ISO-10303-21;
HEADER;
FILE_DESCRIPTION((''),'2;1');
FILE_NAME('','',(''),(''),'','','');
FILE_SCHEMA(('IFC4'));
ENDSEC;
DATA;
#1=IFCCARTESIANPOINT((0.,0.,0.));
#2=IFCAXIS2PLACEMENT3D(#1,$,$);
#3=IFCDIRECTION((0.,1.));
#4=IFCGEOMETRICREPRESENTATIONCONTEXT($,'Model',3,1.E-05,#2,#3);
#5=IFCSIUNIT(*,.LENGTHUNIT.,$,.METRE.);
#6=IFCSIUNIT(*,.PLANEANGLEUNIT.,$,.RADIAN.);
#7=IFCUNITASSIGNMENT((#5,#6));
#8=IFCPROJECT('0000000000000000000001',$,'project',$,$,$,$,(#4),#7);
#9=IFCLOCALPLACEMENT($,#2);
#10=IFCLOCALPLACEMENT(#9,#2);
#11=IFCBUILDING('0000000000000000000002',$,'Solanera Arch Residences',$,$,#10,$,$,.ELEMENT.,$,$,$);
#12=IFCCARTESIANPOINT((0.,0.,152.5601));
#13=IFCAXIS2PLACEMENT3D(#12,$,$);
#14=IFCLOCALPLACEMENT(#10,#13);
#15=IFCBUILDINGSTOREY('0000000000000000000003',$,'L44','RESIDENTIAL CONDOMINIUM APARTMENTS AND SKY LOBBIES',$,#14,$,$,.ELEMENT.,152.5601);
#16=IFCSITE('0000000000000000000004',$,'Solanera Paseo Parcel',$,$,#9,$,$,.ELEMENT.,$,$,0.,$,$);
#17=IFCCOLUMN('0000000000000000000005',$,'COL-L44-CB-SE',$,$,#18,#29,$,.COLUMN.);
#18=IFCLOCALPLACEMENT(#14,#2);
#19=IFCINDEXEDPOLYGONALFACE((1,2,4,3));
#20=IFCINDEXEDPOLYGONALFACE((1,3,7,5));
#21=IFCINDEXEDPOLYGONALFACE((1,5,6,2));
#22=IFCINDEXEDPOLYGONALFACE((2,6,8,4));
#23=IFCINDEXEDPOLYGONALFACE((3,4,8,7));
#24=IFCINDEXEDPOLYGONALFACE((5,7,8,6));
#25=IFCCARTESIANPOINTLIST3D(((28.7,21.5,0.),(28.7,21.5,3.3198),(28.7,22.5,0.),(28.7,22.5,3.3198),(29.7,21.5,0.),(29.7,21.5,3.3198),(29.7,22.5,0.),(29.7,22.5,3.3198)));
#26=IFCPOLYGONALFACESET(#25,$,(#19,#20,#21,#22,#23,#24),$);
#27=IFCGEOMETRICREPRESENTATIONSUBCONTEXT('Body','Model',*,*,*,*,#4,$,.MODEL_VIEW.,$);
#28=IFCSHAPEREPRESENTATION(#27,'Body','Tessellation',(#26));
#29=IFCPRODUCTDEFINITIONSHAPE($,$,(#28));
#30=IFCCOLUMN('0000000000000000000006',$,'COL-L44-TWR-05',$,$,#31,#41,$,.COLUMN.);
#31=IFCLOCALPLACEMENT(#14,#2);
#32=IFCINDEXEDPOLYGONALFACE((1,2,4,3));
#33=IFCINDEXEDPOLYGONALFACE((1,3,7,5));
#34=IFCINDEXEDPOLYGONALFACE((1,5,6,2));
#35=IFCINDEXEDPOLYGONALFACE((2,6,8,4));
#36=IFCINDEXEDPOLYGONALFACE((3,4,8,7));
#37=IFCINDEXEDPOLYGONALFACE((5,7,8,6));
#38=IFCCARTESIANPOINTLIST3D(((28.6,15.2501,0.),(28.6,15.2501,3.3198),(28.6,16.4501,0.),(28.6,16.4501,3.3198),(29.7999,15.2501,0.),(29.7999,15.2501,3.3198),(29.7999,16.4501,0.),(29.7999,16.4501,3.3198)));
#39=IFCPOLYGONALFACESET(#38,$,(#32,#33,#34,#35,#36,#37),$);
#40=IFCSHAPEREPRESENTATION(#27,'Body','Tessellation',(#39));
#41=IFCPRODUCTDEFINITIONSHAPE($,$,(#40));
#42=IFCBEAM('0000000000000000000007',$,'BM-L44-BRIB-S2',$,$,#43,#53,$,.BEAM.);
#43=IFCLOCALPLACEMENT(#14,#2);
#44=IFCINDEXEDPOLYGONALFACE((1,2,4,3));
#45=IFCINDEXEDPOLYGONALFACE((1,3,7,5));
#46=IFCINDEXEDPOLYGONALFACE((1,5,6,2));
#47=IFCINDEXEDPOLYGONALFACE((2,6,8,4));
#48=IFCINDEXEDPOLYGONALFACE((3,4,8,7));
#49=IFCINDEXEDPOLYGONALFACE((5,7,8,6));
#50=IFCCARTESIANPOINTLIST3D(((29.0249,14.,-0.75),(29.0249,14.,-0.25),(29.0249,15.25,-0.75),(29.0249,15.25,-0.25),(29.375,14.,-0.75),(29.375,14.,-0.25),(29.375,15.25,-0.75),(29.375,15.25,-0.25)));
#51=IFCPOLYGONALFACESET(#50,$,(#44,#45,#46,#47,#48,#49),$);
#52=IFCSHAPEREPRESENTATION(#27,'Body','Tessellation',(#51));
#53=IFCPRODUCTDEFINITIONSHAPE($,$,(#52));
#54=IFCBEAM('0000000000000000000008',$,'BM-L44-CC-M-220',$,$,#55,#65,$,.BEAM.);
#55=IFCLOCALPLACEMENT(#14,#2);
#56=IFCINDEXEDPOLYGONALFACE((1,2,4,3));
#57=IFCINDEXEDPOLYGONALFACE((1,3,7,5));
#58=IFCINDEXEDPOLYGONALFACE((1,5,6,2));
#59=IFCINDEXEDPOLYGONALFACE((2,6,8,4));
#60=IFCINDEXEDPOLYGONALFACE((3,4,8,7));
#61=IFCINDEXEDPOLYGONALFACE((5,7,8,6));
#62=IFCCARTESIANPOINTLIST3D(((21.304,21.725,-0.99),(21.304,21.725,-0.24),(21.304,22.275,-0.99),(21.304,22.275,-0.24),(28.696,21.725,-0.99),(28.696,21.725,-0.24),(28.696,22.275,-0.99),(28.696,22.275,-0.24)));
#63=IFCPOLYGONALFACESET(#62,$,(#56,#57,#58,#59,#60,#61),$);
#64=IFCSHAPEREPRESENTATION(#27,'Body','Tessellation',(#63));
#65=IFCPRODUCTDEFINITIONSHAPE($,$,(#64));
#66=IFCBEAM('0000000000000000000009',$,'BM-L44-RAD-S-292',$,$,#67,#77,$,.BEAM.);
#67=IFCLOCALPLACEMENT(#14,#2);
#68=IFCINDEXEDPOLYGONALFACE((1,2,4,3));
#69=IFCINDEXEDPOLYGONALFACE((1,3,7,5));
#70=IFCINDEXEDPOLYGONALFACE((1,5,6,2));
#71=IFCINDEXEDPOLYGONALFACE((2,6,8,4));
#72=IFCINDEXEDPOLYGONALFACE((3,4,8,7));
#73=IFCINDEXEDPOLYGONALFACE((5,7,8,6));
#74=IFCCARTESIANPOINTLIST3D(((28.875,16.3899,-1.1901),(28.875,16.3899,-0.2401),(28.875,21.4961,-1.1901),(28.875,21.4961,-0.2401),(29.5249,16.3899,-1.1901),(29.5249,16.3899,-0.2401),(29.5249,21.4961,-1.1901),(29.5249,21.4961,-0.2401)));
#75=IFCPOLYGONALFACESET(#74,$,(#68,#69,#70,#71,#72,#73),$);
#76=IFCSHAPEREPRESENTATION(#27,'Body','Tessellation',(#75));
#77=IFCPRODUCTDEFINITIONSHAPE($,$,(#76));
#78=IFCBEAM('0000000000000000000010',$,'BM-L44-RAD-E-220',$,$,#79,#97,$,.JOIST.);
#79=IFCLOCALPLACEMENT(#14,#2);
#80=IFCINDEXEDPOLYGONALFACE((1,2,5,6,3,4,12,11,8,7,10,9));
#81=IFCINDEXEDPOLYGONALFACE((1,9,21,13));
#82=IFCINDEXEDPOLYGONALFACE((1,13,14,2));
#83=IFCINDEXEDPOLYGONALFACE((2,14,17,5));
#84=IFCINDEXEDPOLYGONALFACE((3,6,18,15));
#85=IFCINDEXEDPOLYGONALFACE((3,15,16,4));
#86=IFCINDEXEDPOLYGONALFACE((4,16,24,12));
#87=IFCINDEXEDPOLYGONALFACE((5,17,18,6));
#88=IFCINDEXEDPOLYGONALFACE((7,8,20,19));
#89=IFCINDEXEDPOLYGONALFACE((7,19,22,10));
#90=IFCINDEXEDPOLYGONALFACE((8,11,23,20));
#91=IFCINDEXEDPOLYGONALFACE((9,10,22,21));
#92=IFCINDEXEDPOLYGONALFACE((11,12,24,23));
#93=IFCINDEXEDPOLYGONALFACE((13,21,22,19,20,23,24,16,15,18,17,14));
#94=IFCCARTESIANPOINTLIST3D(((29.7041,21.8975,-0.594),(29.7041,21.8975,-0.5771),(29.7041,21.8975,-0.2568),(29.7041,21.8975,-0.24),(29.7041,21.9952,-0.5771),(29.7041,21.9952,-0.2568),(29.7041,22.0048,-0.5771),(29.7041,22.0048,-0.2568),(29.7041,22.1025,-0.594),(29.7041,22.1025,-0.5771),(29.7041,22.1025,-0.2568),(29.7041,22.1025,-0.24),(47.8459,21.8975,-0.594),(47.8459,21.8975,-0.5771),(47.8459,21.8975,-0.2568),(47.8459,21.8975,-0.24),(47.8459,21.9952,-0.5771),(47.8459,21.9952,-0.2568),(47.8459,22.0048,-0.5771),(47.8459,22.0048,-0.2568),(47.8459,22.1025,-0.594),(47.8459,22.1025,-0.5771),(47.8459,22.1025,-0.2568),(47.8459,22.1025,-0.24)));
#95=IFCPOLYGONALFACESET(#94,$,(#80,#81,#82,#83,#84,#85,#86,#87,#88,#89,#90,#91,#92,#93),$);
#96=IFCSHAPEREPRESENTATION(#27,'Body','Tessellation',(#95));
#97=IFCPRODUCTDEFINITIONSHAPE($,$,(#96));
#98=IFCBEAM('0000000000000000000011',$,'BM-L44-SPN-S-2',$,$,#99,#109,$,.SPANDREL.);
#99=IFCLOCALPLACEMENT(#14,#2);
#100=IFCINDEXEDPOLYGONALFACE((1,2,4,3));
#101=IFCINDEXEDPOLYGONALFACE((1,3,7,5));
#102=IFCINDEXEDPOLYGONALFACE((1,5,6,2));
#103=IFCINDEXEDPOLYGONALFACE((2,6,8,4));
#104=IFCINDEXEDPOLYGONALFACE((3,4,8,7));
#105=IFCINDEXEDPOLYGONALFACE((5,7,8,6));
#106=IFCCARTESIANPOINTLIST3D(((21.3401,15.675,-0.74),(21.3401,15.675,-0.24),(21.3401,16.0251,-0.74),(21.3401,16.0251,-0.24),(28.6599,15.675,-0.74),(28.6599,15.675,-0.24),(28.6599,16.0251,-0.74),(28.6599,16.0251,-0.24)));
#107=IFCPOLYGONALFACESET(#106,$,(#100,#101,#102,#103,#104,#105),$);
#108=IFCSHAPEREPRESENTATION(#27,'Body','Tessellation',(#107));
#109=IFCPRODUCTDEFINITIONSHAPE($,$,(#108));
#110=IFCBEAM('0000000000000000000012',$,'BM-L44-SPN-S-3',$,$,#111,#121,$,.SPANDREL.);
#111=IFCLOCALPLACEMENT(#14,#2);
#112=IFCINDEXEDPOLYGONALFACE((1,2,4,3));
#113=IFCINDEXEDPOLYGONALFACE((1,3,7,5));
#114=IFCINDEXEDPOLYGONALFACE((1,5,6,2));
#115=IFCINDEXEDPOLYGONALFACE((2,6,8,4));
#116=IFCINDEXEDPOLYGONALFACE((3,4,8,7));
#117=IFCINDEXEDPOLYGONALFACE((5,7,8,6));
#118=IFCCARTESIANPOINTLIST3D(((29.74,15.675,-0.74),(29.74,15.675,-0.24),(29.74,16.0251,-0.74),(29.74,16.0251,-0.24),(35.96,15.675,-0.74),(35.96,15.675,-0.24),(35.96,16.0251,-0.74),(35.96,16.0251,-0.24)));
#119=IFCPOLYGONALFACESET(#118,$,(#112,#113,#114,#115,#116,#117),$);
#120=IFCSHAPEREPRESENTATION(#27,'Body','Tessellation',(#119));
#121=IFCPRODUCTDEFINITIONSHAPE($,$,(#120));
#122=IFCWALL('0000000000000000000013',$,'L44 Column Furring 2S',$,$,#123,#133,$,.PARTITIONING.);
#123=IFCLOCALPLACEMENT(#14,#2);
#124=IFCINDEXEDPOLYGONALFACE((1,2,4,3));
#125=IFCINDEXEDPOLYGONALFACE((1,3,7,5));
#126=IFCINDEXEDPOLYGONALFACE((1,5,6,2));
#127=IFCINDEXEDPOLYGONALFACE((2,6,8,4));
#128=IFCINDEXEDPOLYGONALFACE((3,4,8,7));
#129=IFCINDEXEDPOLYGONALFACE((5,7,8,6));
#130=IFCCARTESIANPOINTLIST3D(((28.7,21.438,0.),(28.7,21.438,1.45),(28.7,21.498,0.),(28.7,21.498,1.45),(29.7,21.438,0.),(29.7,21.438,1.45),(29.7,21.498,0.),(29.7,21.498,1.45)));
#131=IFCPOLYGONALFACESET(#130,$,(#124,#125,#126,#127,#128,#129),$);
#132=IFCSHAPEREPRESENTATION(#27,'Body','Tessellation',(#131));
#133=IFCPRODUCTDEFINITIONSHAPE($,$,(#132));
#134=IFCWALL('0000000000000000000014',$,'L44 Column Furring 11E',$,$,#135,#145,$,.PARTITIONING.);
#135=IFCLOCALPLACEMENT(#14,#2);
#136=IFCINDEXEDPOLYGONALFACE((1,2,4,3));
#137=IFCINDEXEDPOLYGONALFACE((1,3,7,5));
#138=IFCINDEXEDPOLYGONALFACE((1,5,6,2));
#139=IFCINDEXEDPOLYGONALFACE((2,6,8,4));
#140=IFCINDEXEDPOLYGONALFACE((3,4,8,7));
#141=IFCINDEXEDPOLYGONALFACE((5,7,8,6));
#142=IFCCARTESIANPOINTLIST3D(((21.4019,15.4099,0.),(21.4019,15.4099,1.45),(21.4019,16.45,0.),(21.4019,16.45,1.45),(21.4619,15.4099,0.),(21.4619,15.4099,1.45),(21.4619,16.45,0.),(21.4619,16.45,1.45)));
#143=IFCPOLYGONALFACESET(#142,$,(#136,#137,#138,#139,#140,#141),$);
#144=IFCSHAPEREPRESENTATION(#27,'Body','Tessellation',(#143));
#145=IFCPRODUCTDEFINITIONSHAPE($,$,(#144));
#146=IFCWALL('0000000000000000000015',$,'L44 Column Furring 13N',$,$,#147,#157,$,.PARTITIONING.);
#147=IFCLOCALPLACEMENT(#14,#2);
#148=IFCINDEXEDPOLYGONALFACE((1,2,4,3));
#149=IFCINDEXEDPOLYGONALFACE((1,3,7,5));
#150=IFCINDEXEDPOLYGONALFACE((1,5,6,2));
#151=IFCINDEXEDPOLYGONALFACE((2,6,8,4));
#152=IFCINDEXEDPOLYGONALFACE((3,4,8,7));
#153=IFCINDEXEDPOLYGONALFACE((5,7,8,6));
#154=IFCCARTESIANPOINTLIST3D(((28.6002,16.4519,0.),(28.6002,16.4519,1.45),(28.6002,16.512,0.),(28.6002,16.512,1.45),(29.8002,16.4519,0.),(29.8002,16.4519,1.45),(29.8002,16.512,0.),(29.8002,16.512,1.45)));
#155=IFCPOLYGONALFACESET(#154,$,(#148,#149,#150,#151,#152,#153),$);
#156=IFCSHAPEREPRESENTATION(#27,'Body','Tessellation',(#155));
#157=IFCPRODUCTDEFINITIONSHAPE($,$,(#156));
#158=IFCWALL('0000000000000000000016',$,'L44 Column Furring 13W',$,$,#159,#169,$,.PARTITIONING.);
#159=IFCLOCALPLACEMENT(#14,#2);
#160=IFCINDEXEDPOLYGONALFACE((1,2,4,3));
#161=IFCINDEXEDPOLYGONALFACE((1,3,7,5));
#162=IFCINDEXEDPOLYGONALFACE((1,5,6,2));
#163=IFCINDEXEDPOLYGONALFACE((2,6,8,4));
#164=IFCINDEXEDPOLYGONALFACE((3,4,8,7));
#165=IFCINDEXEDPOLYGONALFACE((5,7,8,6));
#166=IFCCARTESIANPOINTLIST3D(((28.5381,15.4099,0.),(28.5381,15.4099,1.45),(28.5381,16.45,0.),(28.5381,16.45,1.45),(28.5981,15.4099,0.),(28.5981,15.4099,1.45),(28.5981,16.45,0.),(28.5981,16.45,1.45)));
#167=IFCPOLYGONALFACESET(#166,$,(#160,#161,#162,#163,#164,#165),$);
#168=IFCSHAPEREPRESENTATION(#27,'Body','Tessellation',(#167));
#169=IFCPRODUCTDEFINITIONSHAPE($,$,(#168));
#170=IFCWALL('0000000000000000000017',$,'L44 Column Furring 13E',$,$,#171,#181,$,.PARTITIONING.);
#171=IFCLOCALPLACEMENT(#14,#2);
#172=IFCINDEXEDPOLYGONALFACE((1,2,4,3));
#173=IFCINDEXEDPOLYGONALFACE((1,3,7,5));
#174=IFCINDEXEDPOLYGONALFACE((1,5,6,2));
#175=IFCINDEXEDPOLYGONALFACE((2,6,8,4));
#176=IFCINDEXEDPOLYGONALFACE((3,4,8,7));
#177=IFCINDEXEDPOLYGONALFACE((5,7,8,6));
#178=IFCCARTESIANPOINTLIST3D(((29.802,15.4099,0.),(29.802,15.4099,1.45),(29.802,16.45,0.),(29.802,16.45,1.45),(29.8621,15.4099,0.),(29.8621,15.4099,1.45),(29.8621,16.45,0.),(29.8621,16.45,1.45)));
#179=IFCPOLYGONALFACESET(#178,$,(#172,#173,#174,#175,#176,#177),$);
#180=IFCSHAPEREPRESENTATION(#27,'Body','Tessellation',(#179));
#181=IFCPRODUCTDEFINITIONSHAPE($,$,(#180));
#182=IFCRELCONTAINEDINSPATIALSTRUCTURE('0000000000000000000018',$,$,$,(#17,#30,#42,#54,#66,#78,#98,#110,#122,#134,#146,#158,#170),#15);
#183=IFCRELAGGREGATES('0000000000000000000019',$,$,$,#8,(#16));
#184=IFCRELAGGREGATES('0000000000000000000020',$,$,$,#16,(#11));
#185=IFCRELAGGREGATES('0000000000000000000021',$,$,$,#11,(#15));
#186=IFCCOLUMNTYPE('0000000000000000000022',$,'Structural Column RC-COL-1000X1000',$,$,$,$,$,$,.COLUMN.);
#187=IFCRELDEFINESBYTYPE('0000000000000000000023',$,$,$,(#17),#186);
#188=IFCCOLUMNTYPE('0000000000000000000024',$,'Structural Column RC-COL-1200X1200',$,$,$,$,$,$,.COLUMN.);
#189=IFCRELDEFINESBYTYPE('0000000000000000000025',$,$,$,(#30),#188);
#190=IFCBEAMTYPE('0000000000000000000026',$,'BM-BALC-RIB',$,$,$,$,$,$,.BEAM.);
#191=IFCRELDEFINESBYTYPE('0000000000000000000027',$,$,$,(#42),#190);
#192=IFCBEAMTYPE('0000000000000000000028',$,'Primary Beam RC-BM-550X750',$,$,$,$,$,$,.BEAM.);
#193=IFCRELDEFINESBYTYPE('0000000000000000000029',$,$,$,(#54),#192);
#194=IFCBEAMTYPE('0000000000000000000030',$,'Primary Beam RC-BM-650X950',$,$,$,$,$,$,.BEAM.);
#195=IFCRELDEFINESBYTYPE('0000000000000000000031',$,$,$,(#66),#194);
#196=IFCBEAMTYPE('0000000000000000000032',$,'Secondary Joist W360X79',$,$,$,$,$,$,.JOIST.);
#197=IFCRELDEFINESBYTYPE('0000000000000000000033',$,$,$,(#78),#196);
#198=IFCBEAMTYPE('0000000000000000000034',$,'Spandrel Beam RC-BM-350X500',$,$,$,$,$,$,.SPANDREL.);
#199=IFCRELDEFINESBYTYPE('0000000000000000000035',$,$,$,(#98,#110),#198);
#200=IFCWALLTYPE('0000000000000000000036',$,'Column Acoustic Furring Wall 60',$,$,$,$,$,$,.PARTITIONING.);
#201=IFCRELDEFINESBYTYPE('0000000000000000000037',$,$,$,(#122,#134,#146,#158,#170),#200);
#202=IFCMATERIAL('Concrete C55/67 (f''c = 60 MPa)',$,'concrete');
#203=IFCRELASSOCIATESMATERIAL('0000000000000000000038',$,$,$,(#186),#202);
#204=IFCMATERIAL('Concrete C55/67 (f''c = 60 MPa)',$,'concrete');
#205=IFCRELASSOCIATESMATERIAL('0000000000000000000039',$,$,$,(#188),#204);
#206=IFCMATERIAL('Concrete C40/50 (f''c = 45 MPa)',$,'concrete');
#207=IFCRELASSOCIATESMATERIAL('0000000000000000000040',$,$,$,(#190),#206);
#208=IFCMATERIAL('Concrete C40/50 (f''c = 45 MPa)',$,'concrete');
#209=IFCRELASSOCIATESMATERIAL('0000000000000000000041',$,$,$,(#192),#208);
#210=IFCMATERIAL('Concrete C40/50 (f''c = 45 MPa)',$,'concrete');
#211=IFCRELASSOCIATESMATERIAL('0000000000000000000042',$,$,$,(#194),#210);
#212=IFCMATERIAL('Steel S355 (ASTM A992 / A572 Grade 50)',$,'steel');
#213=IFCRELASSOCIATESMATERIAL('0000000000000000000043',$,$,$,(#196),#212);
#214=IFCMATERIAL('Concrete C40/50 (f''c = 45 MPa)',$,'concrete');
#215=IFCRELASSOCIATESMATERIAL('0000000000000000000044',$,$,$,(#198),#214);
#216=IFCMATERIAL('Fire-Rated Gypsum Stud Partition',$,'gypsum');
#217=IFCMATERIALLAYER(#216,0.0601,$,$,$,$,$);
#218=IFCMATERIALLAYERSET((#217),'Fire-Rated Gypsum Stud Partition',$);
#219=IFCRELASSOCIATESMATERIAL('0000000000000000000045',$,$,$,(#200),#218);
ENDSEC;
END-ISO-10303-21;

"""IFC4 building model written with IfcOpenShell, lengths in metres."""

from ifc_helpers import new_model, si_unit, direction, frame, frame_2d, origin, origin_2d, place, context, subcontext, project, spatial, rectangle, i_section, extrude, material, layer, layer_set, material_profile, profile_set, type_object, element, save


model = new_model("IFC4")

# Units and contexts
model_context = context("Model", 3, precision=1e-05, world=origin(), true_north=direction((0.0, 1.0)))
body_context = subcontext(model_context, "Body", "Model", "MODEL_VIEW")
ifc_project = project(units=[si_unit("LENGTHUNIT", "METRE"), si_unit("PLANEANGLEUNIT", "RADIAN")], contexts=[model_context])

# Site, building, storey
site_placement = place(None, origin())
site = spatial("IfcSite", under=ifc_project, at=site_placement, Name="Solanera Paseo Parcel", CompositionType="ELEMENT", RefElevation=0.0)
building_placement = place(site_placement, origin())
building = spatial("IfcBuilding", under=site, at=building_placement, Name="Solanera Arch Residences", CompositionType="ELEMENT")
storey_placement = place(building_placement, frame((0.0, 0.0, 152.5601)))
storey = spatial("IfcBuildingStorey", under=building, at=storey_placement, Name="L44", Description="RESIDENTIAL CONDOMINIUM APARTMENTS AND SKY LOBBIES", CompositionType="ELEMENT", Elevation=152.5601)

# Columns
ifc_material_1 = material(Name="Concrete C55/67 (f'c = 60 MPa)", Category="concrete")
ifc_material_profile_1 = material_profile(ifc_material_1, rectangle(XDim=1.0, YDim=1.0, at=origin_2d()))
ifc_profile_set_1 = profile_set([ifc_material_profile_1], Name="Concrete C55/67 (f'c = 60 MPa)")
column_type_1 = type_object("IfcColumnType", Name="Structural Column RC-COL-1000X1000", PredefinedType="COLUMN", material=ifc_profile_set_1)
column_1_placement = place(storey_placement, frame((29.2, 22.0, 0.0), z_axis=(0.0, 0.0, 1.0), x_axis=(1.0, 0.0, 0.0)))
element("IfcColumn", 1, at=column_1_placement, inside=storey, type_object=column_type_1, Name="COL-L44-CB-SE", PredefinedType="COLUMN", context=body_context, shape_type="SweptSolid", body=[
    extrude(rectangle(XDim=1.0, YDim=1.0, at=origin_2d()), origin(), (0.0, 0.0, 1.0), 3.3198),
])
ifc_material_2 = material(Name="Concrete C55/67 (f'c = 60 MPa)", Category="concrete")
ifc_material_profile_2 = material_profile(ifc_material_2, rectangle(XDim=1.2, YDim=1.2, at=origin_2d()))
ifc_profile_set_2 = profile_set([ifc_material_profile_2], Name="Concrete C55/67 (f'c = 60 MPa)")
column_type_2 = type_object("IfcColumnType", Name="Structural Column RC-COL-1200X1200", PredefinedType="COLUMN", material=ifc_profile_set_2)
column_2_placement = place(storey_placement, frame((29.2, 15.8501, 0.0), z_axis=(0.0, 0.0, 1.0), x_axis=(1.0, 0.0, 0.0)))
element("IfcColumn", 2, at=column_2_placement, inside=storey, type_object=column_type_2, Name="COL-L44-TWR-05", PredefinedType="COLUMN", context=body_context, shape_type="SweptSolid", body=[
    extrude(rectangle(XDim=1.2, YDim=1.2, at=origin_2d()), origin(), (0.0, 0.0, 1.0), 3.3198),
])

# Beams
ifc_material_3 = material(Name="Concrete C40/50 (f'c = 45 MPa)", Category="concrete")
ifc_material_profile_3 = material_profile(ifc_material_3, rectangle(XDim=0.3501, YDim=0.5, at=origin_2d()))
ifc_profile_set_3 = profile_set([ifc_material_profile_3], Name="Concrete C40/50 (f'c = 45 MPa)")
beam_type_1 = type_object("IfcBeamType", Name="BM-BALC-RIB", PredefinedType="BEAM", material=ifc_profile_set_3)
beam_1_placement = place(storey_placement, frame((29.2, 14.0, -0.5), z_axis=(0.0, 1.0, 0.0), x_axis=(-1.0, 0.0, 0.0)))
element("IfcBeam", 3, at=beam_1_placement, inside=storey, type_object=beam_type_1, Name="BM-L44-BRIB-S2", PredefinedType="BEAM", context=body_context, shape_type="SweptSolid", body=[
    extrude(rectangle(XDim=0.3501, YDim=0.5, at=origin_2d()), origin(), (0.0, 0.0, 1.0), 1.25),
])
ifc_material_4 = material(Name="Concrete C40/50 (f'c = 45 MPa)", Category="concrete")
ifc_material_profile_4 = material_profile(ifc_material_4, rectangle(XDim=0.55, YDim=0.75, at=origin_2d()))
ifc_profile_set_4 = profile_set([ifc_material_profile_4], Name="Concrete C40/50 (f'c = 45 MPa)")
beam_type_2 = type_object("IfcBeamType", Name="Primary Beam RC-BM-550X750", PredefinedType="BEAM", material=ifc_profile_set_4)
beam_2_placement = place(storey_placement, frame((21.304, 22.0, -0.615), z_axis=(1.0, 0.0, 0.0), x_axis=(0.0, 1.0, 0.0)))
element("IfcBeam", 4, at=beam_2_placement, inside=storey, type_object=beam_type_2, Name="BM-L44-CC-M-220", PredefinedType="BEAM", context=body_context, shape_type="SweptSolid", body=[
    extrude(rectangle(XDim=0.55, YDim=0.75, at=origin_2d()), origin(), (0.0, 0.0, 1.0), 7.3921),
])
ifc_material_5 = material(Name="Concrete C40/50 (f'c = 45 MPa)", Category="concrete")
ifc_material_profile_5 = material_profile(ifc_material_5, rectangle(XDim=0.6499, YDim=0.95, at=origin_2d()))
ifc_profile_set_5 = profile_set([ifc_material_profile_5], Name="Concrete C40/50 (f'c = 45 MPa)")
beam_type_3 = type_object("IfcBeamType", Name="Primary Beam RC-BM-650X950", PredefinedType="BEAM", material=ifc_profile_set_5)
beam_3_placement = place(storey_placement, frame((29.2, 16.3899, -0.7151), z_axis=(0.0, 1.0, 0.0), x_axis=(-1.0, 0.0, 0.0)))
element("IfcBeam", 5, at=beam_3_placement, inside=storey, type_object=beam_type_3, Name="BM-L44-RAD-S-292", PredefinedType="BEAM", context=body_context, shape_type="SweptSolid", body=[
    extrude(rectangle(XDim=0.6499, YDim=0.95, at=origin_2d()), origin(), (0.0, 0.0, 1.0), 5.1062),
])
ifc_material_6 = material(Name="Steel S355 (ASTM A992 / A572 Grade 50)", Category="steel")
ifc_material_profile_6 = material_profile(ifc_material_6, i_section(OverallWidth=0.2051, OverallDepth=0.354, WebThickness=0.0095, FlangeThickness=0.0168, at=origin_2d()))
ifc_profile_set_6 = profile_set([ifc_material_profile_6], Name="Steel S355 (ASTM A992 / A572 Grade 50)")
beam_type_4 = type_object("IfcBeamType", Name="Secondary Joist W360X79", PredefinedType="JOIST", material=ifc_profile_set_6)
beam_4_placement = place(storey_placement, frame((29.7041, 22.0, -0.417), z_axis=(1.0, 0.0, 0.0), x_axis=(0.0, 1.0, 0.0)))
element("IfcBeam", 6, at=beam_4_placement, inside=storey, type_object=beam_type_4, Name="BM-L44-RAD-E-220", PredefinedType="JOIST", context=body_context, shape_type="SweptSolid", body=[
    extrude(i_section(OverallWidth=0.2051, OverallDepth=0.354, WebThickness=0.0095, FlangeThickness=0.0168, at=origin_2d()), origin(), (0.0, 0.0, 1.0), 18.1418),
])
ifc_material_7 = material(Name="Concrete C40/50 (f'c = 45 MPa)", Category="concrete")
ifc_material_profile_7 = material_profile(ifc_material_7, rectangle(XDim=0.3501, YDim=0.5, at=origin_2d()))
ifc_profile_set_7 = profile_set([ifc_material_profile_7], Name="Concrete C40/50 (f'c = 45 MPa)")
beam_type_5 = type_object("IfcBeamType", Name="Spandrel Beam RC-BM-350X500", PredefinedType="SPANDREL", material=ifc_profile_set_7)
beam_5_placement = place(storey_placement, frame((21.3401, 15.8501, -0.49), z_axis=(1.0, 0.0, 0.0), x_axis=(0.0, 1.0, 0.0)))
element("IfcBeam", 7, at=beam_5_placement, inside=storey, type_object=beam_type_5, Name="BM-L44-SPN-S-2", PredefinedType="SPANDREL", context=body_context, shape_type="SweptSolid", body=[
    extrude(rectangle(XDim=0.3501, YDim=0.5, at=origin_2d()), origin(), (0.0, 0.0, 1.0), 7.3198),
])
beam_6_placement = place(storey_placement, frame((29.74, 15.8501, -0.49), z_axis=(1.0, 0.0, 0.0), x_axis=(0.0, 1.0, 0.0)))
element("IfcBeam", 8, at=beam_6_placement, inside=storey, type_object=beam_type_5, Name="BM-L44-SPN-S-3", PredefinedType="SPANDREL", context=body_context, shape_type="SweptSolid", body=[
    extrude(rectangle(XDim=0.3501, YDim=0.5, at=origin_2d()), origin(), (0.0, 0.0, 1.0), 6.22),
])

# Walls
ifc_material_8 = material(Name="Fire-Rated Gypsum Stud Partition", Category="gypsum")
ifc_layer_1 = layer(ifc_material_8, 0.0601)
ifc_layer_set_1 = layer_set([ifc_layer_1], Name="Fire-Rated Gypsum Stud Partition")
wall_type_1 = type_object("IfcWallType", Name="Column Acoustic Furring Wall 60", PredefinedType="PARTITIONING", material=ifc_layer_set_1)
wall_1_placement = place(storey_placement, frame((28.7, 21.468, 0.0), z_axis=(0.0, 0.0, 1.0), x_axis=(1.0, 0.0, 0.0)))
element("IfcWall", 9, at=wall_1_placement, inside=storey, type_object=wall_type_1, Name="L44 Column Furring 2S", PredefinedType="PARTITIONING", context=body_context, shape_type="SweptSolid", body=[
    extrude(rectangle(XDim=1.0, YDim=0.0601, at=frame_2d((0.5, 0.0))), origin(), (0.0, 0.0, 1.0), 1.45),
])
wall_2_placement = place(storey_placement, frame((21.4319, 15.4099, 0.0), z_axis=(0.0, 0.0, 1.0), x_axis=(0.0, 1.0, 0.0)))
element("IfcWall", 10, at=wall_2_placement, inside=storey, type_object=wall_type_1, Name="L44 Column Furring 11E", PredefinedType="PARTITIONING", context=body_context, shape_type="SweptSolid", body=[
    extrude(rectangle(XDim=1.04, YDim=0.0601, at=frame_2d((0.52, 0.0))), origin(), (0.0, 0.0, 1.0), 1.45),
])
wall_3_placement = place(storey_placement, frame((28.6001, 16.4819, 0.0), z_axis=(0.0, 0.0, 1.0), x_axis=(1.0, 0.0, 0.0)))
element("IfcWall", 11, at=wall_3_placement, inside=storey, type_object=wall_type_1, Name="L44 Column Furring 13N", PredefinedType="PARTITIONING", context=body_context, shape_type="SweptSolid", body=[
    extrude(rectangle(XDim=1.2, YDim=0.0601, at=frame_2d((0.6001, 0.0))), origin(), (0.0, 0.0, 1.0), 1.45),
])
for number, where, z_axis, x_axis, name in (
    (12, (28.5681, 15.4099, 0.0), (0.0, 0.0, 1.0), (0.0, 1.0, 0.0), "L44 Column Furring 13W"),
    (13, (29.832, 15.4099, 0.0), (0.0, 0.0, 1.0), (0.0, 1.0, 0.0), "L44 Column Furring 13E"),
):
    element("IfcWall", number, at=place(storey_placement, frame(where, z_axis=z_axis, x_axis=x_axis)), inside=storey, type_object=wall_type_1, Name=name, PredefinedType="PARTITIONING", context=body_context, shape_type="SweptSolid", body=[
        extrude(rectangle(XDim=1.04, YDim=0.0601, at=frame_2d((0.52, 0.0))), origin(), (0.0, 0.0, 1.0), 1.45),
    ])

save(model, "model.ifc")
